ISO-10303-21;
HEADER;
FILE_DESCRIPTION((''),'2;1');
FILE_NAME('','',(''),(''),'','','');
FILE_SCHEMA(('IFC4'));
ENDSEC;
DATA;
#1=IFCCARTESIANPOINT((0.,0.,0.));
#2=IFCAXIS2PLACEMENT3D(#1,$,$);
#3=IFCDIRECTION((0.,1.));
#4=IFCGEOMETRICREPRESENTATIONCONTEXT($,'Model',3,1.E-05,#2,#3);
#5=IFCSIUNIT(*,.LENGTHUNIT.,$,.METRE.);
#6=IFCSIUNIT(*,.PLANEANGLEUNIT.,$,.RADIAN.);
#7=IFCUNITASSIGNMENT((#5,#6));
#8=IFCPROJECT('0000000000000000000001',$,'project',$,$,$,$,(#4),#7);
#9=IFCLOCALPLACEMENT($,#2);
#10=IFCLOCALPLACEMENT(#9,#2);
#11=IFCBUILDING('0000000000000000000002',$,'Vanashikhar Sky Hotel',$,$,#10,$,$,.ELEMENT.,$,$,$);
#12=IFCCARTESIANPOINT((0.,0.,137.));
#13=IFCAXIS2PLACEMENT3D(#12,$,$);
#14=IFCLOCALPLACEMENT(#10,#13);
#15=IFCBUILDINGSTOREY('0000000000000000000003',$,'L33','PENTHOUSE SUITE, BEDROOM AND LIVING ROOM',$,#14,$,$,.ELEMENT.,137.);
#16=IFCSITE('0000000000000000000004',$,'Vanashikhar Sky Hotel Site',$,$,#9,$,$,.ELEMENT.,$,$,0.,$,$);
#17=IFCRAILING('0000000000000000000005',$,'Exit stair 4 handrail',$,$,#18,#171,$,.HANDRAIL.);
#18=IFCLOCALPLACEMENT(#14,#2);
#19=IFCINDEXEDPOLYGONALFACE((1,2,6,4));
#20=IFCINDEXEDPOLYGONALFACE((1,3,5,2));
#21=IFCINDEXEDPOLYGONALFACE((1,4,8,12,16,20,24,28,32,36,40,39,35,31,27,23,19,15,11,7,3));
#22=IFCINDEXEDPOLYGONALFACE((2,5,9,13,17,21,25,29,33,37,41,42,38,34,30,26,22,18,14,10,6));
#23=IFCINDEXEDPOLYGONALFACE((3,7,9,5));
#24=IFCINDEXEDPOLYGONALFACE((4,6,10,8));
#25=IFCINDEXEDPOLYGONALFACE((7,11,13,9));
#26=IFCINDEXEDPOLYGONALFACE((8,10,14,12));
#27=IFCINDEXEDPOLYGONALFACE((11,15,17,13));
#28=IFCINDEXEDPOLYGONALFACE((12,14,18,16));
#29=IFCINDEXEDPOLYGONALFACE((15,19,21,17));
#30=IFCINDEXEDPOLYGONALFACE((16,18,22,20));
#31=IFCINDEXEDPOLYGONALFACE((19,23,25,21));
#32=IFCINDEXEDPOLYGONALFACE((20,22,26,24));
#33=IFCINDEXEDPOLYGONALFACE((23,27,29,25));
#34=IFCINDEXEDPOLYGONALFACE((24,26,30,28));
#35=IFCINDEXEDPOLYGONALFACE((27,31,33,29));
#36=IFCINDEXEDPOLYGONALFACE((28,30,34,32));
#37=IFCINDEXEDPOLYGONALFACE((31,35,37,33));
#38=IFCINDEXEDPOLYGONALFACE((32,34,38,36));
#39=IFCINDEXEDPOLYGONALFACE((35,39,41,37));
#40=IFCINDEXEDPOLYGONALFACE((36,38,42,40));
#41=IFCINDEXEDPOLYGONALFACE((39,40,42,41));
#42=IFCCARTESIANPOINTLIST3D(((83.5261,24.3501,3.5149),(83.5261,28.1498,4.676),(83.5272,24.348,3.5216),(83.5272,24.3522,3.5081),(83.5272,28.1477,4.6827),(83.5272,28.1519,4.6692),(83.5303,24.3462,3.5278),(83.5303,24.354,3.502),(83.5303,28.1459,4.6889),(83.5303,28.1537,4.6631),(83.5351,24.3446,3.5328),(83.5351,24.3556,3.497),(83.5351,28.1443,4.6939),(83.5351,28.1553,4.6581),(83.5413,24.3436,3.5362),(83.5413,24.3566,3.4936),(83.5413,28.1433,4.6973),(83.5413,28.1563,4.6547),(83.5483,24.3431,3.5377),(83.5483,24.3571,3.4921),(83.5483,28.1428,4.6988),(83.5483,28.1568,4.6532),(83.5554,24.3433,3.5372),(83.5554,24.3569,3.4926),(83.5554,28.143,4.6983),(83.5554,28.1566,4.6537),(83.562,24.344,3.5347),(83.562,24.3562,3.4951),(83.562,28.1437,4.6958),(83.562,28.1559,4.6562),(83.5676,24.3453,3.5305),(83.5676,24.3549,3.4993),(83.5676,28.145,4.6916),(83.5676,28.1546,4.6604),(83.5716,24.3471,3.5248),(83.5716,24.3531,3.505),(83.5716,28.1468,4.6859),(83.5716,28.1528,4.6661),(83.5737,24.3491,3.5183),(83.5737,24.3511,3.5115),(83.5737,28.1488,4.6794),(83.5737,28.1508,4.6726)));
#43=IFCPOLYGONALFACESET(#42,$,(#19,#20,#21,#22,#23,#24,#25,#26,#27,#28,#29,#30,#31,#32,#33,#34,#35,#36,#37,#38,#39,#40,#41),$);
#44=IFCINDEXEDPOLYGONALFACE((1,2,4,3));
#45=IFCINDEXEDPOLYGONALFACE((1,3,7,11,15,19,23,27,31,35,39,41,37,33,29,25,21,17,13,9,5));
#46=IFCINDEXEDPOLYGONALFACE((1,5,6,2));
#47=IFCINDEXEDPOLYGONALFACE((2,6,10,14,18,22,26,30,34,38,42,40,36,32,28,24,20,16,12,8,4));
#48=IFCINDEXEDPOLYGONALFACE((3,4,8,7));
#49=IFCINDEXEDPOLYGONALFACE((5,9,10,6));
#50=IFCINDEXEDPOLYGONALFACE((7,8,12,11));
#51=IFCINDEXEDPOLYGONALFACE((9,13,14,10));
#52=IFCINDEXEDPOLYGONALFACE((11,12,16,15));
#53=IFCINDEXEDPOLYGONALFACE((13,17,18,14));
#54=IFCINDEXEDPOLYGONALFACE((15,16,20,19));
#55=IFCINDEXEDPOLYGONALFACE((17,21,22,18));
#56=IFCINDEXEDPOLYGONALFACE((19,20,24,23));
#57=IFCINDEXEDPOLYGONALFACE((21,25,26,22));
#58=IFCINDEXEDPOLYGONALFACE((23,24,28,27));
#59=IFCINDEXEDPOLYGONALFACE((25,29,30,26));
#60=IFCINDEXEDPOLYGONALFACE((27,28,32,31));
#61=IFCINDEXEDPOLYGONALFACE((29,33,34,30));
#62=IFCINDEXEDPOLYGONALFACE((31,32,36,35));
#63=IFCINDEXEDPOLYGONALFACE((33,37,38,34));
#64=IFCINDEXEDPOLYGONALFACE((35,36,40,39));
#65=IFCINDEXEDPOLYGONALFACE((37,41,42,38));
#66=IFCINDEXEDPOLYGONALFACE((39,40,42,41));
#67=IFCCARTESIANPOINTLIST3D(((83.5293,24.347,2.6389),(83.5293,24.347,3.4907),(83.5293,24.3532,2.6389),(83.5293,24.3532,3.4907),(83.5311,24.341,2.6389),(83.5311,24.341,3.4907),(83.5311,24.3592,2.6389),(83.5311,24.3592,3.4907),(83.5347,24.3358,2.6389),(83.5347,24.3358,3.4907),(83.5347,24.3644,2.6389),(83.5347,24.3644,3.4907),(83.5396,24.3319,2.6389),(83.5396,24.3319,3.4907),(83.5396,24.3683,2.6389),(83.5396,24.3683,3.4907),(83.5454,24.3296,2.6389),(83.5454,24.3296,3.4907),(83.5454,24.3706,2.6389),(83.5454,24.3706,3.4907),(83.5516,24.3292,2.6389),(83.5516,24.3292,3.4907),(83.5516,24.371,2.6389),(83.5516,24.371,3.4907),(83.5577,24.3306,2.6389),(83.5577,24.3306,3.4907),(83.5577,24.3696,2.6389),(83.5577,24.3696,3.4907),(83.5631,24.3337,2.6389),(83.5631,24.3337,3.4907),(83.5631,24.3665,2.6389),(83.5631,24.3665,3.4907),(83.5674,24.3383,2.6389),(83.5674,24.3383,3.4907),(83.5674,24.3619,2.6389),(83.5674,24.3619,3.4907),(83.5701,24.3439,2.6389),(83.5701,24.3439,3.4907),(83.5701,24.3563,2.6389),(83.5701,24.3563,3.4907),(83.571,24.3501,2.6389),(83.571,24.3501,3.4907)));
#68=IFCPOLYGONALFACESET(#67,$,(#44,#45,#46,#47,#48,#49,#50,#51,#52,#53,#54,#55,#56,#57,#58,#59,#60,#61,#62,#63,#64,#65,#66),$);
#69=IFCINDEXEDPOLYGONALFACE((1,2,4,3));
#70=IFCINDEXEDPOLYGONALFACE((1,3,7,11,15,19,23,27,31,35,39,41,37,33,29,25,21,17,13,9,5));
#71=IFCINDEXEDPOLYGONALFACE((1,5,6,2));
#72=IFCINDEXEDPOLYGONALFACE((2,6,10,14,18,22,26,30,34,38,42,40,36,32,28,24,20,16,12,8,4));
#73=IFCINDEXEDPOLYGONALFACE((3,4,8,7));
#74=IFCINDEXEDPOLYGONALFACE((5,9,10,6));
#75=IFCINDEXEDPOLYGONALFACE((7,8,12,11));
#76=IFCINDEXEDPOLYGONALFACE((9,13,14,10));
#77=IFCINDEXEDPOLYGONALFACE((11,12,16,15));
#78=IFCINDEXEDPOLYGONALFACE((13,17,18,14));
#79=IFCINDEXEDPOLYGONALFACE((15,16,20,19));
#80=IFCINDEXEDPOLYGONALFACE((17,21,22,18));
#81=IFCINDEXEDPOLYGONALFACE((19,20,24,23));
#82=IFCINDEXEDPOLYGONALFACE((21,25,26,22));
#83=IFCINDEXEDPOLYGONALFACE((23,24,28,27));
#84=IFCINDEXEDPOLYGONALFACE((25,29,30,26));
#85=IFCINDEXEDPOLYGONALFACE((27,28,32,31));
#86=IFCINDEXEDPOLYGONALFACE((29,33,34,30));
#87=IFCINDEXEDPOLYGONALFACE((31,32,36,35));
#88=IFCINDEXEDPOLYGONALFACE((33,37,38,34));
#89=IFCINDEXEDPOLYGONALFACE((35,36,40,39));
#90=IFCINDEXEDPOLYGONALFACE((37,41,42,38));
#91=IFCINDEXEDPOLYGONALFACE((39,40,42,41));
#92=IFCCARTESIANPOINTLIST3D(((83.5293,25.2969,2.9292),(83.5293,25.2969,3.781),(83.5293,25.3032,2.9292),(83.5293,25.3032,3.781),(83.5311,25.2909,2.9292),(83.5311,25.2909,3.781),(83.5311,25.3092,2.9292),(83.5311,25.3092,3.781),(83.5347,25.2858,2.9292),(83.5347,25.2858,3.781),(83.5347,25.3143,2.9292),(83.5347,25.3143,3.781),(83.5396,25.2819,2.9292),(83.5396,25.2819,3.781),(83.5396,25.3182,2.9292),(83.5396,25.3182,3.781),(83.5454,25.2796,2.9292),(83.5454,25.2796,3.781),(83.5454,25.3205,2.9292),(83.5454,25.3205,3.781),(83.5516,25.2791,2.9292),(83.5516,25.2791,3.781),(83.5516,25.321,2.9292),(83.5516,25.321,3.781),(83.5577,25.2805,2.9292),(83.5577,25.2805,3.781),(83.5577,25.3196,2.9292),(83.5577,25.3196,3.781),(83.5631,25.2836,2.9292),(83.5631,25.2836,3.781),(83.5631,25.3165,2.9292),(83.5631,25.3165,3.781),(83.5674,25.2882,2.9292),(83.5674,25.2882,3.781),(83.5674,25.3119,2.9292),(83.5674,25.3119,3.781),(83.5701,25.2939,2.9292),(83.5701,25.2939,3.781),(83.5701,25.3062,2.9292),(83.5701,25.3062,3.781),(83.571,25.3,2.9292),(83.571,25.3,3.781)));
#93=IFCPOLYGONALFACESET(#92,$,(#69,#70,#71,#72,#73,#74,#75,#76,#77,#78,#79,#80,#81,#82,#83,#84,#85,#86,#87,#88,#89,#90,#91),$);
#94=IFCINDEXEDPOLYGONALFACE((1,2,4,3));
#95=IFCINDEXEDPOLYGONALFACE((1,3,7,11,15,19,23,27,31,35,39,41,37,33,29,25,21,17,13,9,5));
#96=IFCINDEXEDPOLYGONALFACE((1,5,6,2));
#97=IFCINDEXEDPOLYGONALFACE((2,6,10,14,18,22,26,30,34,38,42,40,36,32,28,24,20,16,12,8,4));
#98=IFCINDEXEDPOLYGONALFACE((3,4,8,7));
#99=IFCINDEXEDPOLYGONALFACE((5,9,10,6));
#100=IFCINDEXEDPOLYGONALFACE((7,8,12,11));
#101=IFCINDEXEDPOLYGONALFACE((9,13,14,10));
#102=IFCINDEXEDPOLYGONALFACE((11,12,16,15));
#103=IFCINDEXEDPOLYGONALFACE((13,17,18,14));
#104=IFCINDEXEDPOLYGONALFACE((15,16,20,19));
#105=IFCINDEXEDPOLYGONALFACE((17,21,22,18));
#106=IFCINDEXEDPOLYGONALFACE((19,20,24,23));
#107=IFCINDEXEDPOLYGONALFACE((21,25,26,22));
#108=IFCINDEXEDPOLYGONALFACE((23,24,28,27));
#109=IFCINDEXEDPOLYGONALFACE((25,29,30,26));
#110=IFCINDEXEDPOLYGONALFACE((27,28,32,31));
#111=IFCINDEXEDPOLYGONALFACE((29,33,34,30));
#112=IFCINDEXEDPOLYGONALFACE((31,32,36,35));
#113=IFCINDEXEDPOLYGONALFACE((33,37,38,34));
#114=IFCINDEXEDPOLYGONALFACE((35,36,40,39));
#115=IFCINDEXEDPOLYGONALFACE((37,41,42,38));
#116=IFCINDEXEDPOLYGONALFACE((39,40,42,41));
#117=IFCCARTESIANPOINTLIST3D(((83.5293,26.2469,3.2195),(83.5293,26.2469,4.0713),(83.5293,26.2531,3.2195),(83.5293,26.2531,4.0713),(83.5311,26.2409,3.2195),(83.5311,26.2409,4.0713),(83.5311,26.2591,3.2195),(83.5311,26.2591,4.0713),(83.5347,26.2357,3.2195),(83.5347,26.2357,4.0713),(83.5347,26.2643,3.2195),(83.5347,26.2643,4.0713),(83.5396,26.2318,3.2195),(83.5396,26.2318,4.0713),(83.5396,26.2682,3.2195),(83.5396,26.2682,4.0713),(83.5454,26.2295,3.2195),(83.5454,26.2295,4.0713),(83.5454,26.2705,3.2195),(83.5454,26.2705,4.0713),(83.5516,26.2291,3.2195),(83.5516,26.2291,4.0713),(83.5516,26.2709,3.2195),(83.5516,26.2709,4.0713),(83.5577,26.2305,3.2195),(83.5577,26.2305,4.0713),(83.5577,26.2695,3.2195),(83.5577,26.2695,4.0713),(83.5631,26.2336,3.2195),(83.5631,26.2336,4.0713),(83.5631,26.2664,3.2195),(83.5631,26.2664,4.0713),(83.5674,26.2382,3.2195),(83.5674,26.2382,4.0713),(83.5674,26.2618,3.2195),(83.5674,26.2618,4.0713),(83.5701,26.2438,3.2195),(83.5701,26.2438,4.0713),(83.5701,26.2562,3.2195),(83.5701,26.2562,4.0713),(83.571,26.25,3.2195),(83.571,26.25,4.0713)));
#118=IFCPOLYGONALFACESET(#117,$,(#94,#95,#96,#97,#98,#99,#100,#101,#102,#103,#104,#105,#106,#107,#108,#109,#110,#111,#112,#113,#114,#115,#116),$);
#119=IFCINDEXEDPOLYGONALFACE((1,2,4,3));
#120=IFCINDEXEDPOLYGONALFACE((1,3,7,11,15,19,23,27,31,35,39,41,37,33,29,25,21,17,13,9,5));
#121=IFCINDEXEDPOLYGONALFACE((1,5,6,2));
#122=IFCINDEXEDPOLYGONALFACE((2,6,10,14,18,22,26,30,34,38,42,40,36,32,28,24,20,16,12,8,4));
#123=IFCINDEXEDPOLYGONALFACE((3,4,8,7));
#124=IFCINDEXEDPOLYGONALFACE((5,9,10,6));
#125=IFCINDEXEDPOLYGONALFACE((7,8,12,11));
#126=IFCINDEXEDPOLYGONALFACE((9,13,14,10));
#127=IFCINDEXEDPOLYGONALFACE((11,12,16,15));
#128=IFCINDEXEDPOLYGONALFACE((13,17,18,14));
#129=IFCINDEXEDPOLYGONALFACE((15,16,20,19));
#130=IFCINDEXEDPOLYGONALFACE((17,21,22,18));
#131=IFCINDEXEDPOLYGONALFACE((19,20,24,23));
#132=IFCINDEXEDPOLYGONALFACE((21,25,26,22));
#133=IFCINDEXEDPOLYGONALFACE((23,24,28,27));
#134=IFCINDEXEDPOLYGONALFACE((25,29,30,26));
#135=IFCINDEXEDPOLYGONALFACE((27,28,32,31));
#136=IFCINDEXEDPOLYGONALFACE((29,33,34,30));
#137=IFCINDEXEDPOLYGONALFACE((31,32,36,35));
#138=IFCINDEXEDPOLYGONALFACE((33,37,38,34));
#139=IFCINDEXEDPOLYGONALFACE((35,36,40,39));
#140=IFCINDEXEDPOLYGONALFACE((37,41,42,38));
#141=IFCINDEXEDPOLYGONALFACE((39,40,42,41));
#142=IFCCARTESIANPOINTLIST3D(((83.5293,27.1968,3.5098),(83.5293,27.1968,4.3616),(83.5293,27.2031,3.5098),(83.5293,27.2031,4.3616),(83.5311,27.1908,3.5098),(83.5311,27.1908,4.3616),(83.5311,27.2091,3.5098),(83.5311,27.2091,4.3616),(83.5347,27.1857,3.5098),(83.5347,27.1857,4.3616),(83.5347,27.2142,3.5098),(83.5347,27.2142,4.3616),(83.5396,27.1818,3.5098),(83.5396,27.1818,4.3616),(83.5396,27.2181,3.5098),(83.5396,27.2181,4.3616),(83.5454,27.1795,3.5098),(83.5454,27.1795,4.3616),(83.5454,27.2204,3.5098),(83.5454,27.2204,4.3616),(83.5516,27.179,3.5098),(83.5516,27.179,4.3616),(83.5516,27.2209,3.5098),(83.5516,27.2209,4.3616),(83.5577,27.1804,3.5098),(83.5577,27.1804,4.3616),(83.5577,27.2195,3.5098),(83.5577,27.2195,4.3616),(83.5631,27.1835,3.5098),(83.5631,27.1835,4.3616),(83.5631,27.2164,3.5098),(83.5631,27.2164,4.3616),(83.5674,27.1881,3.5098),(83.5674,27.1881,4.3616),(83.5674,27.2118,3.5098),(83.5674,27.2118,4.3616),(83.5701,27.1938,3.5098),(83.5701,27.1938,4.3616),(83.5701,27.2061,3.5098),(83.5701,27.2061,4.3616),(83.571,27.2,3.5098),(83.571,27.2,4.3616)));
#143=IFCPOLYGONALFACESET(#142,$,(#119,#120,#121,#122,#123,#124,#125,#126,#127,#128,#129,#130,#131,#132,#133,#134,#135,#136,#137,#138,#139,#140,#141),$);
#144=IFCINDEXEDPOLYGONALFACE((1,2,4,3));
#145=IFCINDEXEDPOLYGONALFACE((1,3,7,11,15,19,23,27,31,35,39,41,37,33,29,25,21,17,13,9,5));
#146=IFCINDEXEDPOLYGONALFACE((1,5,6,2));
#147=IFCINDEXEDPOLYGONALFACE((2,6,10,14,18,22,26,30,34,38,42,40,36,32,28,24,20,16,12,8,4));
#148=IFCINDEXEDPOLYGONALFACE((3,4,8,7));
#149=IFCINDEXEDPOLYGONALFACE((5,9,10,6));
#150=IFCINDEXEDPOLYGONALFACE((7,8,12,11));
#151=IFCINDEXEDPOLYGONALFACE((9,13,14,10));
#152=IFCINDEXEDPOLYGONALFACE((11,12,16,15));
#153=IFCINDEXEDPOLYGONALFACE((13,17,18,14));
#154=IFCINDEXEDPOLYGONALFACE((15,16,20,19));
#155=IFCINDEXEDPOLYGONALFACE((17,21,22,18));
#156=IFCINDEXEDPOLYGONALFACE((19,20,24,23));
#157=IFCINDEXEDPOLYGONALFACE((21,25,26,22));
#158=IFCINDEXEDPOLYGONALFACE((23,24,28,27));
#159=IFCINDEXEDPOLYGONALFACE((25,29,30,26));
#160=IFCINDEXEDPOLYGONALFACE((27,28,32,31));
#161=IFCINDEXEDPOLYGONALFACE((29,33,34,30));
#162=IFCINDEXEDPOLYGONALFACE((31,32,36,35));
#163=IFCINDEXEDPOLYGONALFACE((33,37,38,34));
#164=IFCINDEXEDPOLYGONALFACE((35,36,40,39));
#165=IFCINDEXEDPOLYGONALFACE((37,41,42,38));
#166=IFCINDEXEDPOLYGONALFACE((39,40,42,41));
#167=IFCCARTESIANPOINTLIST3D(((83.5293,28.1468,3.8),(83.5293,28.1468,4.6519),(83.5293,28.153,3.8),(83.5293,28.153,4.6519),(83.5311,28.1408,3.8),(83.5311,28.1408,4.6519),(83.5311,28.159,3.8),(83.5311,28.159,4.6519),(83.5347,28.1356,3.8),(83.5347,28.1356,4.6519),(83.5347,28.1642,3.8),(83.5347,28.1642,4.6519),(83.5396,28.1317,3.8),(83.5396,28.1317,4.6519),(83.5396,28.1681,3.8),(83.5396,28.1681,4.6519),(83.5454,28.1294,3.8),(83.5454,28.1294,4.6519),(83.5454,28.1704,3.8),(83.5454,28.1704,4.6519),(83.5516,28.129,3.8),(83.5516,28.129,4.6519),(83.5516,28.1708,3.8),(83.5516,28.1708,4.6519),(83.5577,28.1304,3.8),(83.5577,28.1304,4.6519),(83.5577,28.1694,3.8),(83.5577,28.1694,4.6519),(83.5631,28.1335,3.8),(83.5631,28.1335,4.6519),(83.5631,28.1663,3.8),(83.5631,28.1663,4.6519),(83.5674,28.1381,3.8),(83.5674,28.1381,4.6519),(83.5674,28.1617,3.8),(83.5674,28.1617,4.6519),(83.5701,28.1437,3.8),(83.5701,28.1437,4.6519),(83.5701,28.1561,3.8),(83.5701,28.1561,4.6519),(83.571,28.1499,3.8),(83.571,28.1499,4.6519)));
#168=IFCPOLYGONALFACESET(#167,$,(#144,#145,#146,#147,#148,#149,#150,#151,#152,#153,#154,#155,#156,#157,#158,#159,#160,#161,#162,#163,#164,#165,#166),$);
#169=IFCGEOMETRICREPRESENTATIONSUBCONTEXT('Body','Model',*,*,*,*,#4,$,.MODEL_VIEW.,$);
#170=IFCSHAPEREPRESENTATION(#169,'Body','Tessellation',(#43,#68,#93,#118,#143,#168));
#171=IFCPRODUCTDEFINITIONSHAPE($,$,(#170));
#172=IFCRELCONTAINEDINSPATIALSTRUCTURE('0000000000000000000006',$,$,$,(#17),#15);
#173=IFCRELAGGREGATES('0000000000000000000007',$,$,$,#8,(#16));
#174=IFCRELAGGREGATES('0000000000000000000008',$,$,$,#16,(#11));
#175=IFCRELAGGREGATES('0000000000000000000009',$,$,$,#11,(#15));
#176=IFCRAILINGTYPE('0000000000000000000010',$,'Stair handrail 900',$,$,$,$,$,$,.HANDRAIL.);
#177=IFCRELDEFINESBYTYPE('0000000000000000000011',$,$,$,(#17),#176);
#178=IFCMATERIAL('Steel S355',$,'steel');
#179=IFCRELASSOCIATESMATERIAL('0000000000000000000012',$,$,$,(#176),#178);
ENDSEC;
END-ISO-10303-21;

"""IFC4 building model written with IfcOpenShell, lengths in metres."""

from ifc_helpers import new_model, si_unit, direction, frame, origin, origin_2d, place, context, subcontext, project, spatial, circle, extrude, source, transform, mapped, material, type_object, element, save


model = new_model("IFC4")

# Units and contexts
model_context = context("Model", 3, precision=1e-05, world=origin(), true_north=direction((0.0, 1.0)))
body_context = subcontext(model_context, "Body", "Model", "MODEL_VIEW")
ifc_project = project(units=[si_unit("LENGTHUNIT", "METRE"), si_unit("PLANEANGLEUNIT", "RADIAN")], contexts=[model_context])

# Site, building, storey
site_placement = place(None, origin())
site = spatial("IfcSite", under=ifc_project, at=site_placement, Name="Vanashikhar Sky Hotel Site", CompositionType="ELEMENT", RefElevation=0.0)
building_placement = place(site_placement, origin())
building = spatial("IfcBuilding", under=site, at=building_placement, Name="Vanashikhar Sky Hotel", CompositionType="ELEMENT")
storey_placement = place(building_placement, frame((0.0, 0.0, 137.0)))
storey = spatial("IfcBuildingStorey", under=building, at=storey_placement, Name="L33", Description="PENTHOUSE SUITE, BEDROOM AND LIVING ROOM", CompositionType="ELEMENT", Elevation=137.0)

# Railing
ifc_material_1 = material(Name="Steel S355", Category="steel")
railing_type_1 = type_object("IfcRailingType", Name="Stair handrail 900", PredefinedType="HANDRAIL", material=ifc_material_1)
shared_shape_1 = source(origin(), body_context, "Body", "SweptSolid", [
    extrude(circle(Radius=0.0239, at=origin_2d()), frame((0.0, 0.0, 0.876), z_axis=(0.0, 0.956346, 0.292237), x_axis=(-1.0, 0.0, 0.0)), (0.0, 0.0, 1.0), 3.9731),
    extrude(circle(Radius=0.021, at=origin_2d()), origin(), (0.0, 0.0, 1.0), 0.8518),
    extrude(circle(Radius=0.021, at=origin_2d()), frame((0.0, 0.95, 0.2903)), (0.0, 0.0, 1.0), 0.8518),
    extrude(circle(Radius=0.021, at=origin_2d()), frame((0.0, 1.8999, 0.5806)), (0.0, 0.0, 1.0), 0.8518),
    extrude(circle(Radius=0.021, at=origin_2d()), frame((0.0, 2.8499, 0.8708)), (0.0, 0.0, 1.0), 0.8518),
    extrude(circle(Radius=0.021, at=origin_2d()), frame((0.0, 3.7998, 1.1611)), (0.0, 0.0, 1.0), 0.8518),
])
for number, where, name in (
    (1, (83.55, 24.3501, 2.6389), "Exit stair 4 handrail"),
):
    element("IfcRailing", number, at=place(storey_placement, frame(where)), inside=storey, type_object=railing_type_1, Name=name, PredefinedType="HANDRAIL", context=body_context, shape_type="MappedRepresentation", body=[
        mapped(shared_shape_1, transform((0.0, 0.0, 0.0), scale=1.0)),
    ])

save(model, "model.ifc")
